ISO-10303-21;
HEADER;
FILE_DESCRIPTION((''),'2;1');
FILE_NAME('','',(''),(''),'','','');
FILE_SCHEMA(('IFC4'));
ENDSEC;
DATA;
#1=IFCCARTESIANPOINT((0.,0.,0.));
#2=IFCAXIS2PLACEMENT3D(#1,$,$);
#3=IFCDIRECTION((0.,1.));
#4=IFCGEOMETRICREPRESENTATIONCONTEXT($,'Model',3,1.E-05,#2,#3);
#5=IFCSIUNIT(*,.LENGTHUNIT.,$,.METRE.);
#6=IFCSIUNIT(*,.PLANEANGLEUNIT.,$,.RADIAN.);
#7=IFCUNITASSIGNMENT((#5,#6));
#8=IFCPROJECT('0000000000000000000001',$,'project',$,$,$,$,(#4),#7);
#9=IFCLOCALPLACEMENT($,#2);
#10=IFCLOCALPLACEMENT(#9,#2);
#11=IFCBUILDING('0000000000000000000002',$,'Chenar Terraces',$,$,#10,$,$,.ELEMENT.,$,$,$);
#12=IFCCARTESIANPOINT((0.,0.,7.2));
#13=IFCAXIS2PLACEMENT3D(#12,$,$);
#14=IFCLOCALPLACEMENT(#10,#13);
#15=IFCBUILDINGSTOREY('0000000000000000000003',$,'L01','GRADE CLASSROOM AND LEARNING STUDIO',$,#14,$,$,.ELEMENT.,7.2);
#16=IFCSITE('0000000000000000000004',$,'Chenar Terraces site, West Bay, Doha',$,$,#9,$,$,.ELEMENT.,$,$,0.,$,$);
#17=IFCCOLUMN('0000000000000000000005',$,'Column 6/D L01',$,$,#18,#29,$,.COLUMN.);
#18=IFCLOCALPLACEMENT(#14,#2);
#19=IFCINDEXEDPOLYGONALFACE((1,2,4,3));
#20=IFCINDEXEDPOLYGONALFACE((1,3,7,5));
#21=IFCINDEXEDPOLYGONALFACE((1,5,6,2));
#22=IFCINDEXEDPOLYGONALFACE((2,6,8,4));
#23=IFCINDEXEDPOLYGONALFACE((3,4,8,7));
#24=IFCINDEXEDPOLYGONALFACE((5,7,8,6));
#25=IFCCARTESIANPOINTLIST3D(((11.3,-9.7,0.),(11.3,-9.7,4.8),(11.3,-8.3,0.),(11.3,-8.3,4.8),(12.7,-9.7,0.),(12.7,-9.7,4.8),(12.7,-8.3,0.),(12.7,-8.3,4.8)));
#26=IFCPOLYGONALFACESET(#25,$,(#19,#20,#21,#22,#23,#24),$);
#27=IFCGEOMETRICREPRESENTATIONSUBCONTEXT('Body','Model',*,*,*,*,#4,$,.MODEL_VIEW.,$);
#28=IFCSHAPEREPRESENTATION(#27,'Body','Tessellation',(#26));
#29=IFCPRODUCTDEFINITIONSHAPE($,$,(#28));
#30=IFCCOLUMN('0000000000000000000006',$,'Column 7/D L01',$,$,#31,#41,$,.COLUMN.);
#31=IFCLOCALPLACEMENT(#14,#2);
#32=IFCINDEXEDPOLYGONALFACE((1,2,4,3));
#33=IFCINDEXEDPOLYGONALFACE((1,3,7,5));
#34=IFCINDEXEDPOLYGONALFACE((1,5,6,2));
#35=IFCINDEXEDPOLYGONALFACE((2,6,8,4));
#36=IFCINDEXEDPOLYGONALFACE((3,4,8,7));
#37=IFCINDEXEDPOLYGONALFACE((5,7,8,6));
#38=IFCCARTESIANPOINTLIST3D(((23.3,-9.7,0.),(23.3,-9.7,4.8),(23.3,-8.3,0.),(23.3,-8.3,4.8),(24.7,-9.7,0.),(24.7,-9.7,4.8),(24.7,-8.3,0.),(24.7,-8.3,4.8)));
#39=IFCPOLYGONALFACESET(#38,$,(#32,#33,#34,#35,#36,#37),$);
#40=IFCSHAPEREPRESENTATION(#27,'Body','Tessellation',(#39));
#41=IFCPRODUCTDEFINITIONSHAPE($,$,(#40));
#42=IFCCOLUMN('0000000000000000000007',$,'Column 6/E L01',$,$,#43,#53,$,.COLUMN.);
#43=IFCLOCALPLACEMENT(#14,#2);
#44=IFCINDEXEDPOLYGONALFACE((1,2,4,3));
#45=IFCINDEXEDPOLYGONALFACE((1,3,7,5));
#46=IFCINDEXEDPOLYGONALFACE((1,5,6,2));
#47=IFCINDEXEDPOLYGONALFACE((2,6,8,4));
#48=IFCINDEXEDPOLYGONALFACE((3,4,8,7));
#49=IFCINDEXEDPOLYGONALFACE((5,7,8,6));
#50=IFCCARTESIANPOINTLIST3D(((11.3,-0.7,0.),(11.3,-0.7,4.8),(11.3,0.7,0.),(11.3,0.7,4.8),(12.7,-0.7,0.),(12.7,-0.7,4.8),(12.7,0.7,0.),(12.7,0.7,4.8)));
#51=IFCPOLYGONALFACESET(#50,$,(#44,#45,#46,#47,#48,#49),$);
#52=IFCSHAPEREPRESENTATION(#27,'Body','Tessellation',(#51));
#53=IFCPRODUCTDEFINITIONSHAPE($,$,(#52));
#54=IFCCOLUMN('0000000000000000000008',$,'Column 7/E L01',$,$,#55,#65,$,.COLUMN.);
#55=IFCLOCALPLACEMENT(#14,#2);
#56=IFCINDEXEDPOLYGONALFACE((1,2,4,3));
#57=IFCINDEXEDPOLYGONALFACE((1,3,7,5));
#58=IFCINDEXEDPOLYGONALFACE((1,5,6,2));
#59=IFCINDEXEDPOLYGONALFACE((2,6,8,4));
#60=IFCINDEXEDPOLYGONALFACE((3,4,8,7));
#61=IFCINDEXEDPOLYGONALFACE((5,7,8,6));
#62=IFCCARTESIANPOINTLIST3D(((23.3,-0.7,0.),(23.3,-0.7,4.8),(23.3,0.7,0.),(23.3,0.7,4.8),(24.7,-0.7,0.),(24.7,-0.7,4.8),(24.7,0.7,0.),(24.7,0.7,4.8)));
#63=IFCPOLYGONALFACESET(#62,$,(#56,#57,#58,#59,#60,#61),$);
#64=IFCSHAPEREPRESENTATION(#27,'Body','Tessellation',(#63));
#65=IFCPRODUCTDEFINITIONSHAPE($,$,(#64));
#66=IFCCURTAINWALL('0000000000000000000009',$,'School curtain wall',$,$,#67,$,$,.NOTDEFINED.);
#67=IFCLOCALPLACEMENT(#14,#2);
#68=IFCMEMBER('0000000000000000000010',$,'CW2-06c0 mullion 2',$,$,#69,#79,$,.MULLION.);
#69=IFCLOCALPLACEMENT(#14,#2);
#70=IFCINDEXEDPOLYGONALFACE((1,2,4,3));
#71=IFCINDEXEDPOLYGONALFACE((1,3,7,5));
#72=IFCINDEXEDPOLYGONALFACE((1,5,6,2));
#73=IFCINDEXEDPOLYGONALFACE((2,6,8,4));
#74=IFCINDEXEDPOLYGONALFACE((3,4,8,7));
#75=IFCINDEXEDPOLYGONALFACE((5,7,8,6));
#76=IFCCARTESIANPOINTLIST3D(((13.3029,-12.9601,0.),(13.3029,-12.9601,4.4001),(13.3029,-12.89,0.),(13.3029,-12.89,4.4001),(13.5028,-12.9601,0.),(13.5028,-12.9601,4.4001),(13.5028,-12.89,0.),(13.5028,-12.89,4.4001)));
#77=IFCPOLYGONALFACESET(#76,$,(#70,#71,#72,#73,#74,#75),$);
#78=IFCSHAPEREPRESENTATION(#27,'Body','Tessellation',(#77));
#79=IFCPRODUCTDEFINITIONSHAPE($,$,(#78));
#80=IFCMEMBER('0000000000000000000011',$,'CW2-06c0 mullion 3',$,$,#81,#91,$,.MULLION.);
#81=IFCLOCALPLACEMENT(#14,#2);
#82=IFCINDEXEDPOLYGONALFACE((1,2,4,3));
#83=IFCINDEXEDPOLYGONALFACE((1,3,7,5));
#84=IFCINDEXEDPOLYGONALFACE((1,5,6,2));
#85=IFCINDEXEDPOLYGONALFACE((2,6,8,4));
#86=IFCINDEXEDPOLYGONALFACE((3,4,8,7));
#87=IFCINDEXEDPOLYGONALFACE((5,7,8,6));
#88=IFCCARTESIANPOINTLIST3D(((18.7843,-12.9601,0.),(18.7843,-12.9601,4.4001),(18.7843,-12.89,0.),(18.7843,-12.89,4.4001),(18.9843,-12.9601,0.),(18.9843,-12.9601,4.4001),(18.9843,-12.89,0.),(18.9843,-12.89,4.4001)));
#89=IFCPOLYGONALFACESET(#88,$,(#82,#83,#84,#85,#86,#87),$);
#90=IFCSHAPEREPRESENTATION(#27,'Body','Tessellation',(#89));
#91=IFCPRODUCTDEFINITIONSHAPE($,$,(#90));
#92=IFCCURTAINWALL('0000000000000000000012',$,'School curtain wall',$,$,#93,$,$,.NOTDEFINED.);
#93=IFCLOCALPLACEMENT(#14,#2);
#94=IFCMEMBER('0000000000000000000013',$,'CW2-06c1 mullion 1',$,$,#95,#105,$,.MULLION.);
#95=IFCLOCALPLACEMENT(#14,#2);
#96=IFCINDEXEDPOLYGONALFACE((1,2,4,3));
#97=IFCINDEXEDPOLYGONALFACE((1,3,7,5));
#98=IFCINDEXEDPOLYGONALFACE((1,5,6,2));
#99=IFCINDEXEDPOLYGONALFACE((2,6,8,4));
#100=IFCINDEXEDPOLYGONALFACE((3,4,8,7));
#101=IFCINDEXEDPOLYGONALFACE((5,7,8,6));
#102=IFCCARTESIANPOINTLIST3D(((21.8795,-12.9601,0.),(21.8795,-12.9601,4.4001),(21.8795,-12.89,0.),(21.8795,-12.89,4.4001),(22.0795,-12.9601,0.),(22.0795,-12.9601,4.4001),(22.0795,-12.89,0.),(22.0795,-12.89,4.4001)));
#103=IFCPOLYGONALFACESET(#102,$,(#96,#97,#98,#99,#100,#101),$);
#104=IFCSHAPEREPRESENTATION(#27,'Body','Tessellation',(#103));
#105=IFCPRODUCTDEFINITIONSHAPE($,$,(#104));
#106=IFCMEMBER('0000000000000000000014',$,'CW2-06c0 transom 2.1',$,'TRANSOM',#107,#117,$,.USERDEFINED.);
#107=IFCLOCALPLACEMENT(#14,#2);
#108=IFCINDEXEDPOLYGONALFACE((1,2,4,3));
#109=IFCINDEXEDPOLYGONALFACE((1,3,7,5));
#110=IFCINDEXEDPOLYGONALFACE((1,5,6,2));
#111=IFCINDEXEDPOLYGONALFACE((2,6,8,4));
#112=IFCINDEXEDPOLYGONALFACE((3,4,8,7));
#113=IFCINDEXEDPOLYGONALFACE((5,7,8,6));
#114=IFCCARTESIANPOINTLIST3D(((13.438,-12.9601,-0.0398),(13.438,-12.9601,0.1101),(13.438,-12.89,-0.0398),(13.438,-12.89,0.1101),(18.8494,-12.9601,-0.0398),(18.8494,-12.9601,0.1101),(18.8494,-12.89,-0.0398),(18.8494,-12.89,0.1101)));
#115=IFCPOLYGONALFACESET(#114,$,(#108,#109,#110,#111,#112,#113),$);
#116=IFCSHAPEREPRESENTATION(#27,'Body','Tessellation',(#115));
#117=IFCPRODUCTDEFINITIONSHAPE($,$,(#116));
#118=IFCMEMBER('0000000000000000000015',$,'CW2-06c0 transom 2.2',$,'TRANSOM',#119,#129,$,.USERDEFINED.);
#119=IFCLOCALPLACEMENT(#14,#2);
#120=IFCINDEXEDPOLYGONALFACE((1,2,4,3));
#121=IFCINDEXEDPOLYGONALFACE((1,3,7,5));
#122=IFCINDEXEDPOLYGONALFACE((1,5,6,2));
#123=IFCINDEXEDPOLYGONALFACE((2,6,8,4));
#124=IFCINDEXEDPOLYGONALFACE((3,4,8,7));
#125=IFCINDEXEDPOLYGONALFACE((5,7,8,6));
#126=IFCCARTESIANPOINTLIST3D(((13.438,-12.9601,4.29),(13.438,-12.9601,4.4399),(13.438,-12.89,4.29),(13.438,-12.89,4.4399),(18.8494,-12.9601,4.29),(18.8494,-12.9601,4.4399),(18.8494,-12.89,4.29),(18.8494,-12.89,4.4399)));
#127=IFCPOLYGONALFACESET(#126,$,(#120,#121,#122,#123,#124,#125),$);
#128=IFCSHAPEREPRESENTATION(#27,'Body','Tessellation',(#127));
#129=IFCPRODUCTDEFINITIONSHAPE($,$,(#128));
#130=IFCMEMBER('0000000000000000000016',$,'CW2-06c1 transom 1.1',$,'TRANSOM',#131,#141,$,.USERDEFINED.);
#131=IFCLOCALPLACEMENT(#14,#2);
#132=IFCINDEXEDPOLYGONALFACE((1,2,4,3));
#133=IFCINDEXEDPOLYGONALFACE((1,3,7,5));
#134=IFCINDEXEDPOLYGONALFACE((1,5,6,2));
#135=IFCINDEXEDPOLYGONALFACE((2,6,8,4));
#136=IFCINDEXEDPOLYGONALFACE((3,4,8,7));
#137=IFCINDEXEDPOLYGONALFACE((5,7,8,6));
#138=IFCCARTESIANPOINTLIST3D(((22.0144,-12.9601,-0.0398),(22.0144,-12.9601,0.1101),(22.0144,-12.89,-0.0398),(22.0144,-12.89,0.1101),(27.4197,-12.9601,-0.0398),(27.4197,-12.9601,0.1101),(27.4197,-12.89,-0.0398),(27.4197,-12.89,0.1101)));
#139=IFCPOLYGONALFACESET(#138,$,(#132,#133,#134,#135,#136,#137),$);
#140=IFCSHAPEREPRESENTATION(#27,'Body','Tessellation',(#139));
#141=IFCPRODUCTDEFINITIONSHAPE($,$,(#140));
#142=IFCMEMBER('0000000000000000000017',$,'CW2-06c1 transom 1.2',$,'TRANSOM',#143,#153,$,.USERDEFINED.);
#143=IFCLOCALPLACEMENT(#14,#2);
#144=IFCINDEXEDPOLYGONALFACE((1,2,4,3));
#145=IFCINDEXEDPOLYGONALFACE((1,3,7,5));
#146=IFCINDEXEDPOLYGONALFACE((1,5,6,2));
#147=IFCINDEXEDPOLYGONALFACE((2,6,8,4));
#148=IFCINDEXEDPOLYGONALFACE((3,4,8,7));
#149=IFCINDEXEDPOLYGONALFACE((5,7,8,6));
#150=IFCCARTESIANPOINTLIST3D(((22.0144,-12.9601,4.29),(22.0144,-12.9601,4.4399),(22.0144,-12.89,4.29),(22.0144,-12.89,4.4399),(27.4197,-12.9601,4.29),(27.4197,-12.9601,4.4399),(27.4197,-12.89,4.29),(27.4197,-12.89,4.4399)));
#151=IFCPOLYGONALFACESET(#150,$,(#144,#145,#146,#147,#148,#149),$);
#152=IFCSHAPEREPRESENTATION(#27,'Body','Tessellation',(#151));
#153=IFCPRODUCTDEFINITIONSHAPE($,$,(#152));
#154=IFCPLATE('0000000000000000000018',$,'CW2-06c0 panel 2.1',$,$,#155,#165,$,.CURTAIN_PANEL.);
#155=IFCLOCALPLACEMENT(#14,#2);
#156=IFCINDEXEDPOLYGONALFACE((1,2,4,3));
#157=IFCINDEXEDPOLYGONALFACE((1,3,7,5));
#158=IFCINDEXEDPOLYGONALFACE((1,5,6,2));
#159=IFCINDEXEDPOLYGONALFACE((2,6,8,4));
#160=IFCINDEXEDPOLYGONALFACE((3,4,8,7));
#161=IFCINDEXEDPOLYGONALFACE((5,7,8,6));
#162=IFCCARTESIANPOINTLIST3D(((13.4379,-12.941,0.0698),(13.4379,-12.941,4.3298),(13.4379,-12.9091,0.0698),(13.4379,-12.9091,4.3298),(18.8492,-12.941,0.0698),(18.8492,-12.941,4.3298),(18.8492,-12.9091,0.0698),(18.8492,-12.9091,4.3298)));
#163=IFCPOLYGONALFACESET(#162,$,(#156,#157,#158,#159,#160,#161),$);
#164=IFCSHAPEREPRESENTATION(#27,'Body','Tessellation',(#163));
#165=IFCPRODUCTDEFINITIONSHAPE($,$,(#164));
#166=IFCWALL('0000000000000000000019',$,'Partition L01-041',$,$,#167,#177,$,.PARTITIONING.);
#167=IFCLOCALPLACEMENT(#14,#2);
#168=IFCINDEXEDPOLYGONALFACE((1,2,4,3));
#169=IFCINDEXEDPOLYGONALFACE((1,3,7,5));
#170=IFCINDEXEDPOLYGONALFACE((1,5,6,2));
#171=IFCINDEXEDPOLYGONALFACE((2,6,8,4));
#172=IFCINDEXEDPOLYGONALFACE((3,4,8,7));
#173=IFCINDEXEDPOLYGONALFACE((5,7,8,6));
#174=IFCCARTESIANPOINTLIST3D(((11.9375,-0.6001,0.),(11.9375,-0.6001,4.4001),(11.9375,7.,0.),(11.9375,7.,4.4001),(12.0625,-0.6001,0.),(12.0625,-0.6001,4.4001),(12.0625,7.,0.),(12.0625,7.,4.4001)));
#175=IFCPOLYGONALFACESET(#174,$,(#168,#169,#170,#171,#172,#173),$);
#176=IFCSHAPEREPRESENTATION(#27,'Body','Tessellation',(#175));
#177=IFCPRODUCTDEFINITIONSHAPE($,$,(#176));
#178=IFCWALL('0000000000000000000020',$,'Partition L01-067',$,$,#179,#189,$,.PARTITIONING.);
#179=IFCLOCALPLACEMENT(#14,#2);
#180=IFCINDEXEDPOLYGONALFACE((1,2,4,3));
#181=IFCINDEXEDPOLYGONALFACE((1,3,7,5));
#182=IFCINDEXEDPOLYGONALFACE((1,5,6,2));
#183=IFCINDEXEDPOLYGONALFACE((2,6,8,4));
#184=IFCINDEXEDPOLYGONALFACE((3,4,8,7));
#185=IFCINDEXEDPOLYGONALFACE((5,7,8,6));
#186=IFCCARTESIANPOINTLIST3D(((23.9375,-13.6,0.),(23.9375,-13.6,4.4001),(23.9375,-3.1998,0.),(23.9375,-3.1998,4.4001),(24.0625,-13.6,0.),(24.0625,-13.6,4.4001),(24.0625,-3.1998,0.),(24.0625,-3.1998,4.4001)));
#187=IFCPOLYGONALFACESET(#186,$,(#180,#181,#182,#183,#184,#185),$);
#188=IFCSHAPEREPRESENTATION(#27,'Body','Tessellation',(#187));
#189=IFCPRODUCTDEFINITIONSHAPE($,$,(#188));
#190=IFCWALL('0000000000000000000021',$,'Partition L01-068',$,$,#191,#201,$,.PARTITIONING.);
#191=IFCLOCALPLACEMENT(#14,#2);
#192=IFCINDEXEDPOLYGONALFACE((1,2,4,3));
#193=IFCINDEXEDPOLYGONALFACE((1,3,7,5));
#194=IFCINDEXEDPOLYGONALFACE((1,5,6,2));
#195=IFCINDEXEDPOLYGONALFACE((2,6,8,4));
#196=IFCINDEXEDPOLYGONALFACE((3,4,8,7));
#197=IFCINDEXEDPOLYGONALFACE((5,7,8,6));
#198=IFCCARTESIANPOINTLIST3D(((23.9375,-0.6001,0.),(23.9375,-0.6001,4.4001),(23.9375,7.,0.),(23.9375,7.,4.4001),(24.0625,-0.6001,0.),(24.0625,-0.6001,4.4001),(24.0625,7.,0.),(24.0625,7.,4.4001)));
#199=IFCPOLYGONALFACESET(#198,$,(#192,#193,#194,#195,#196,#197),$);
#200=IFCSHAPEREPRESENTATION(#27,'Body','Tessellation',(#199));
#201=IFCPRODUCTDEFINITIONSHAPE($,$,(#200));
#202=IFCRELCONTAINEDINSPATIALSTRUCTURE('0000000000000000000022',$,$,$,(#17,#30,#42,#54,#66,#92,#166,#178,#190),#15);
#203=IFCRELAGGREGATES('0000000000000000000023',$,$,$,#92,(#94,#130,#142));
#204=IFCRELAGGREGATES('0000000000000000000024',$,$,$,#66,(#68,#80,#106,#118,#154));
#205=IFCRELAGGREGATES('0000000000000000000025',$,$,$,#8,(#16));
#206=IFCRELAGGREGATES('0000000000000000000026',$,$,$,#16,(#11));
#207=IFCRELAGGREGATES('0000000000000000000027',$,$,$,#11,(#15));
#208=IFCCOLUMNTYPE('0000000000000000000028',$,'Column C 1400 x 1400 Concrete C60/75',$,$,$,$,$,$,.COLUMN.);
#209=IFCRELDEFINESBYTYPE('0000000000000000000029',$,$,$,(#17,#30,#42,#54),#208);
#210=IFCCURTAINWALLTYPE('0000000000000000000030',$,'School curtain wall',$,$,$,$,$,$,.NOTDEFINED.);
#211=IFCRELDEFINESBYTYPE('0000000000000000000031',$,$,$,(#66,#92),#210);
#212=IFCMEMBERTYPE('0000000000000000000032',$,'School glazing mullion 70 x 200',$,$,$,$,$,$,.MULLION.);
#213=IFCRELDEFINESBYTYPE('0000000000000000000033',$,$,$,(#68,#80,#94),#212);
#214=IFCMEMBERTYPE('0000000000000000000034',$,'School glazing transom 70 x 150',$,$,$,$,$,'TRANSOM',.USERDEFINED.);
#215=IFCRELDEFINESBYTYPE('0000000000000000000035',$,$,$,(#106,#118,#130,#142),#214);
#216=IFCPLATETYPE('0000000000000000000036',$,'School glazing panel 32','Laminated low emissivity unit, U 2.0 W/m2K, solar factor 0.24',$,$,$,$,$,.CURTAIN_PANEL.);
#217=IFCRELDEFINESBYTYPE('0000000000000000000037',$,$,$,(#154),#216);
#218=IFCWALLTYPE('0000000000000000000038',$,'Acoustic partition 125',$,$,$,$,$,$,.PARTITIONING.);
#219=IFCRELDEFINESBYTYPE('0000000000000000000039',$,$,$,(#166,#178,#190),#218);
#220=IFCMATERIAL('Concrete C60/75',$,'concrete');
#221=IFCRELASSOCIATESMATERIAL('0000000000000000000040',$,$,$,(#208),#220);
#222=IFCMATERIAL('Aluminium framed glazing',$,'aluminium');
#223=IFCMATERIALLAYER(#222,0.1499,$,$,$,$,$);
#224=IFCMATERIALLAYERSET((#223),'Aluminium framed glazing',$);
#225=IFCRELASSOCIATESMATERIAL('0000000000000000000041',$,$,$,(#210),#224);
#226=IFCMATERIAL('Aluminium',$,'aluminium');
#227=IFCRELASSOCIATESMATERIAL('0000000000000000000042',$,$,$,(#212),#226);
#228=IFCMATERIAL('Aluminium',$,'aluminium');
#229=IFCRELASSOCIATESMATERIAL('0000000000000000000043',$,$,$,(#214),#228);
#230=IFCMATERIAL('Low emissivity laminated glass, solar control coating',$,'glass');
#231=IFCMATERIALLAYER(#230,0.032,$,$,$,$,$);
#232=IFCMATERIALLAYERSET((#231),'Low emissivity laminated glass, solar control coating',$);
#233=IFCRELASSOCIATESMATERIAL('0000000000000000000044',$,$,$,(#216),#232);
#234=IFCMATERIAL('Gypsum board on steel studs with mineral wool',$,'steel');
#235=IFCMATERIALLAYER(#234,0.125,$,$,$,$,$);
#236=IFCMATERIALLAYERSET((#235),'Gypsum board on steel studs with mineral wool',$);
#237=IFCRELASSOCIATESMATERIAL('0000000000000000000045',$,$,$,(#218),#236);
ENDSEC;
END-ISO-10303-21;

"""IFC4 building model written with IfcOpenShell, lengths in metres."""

from ifc_helpers import new_model, si_unit, direction, frame, frame_2d, origin, origin_2d, place, context, subcontext, project, spatial, rectangle, extrude, material, layer, layer_set, material_profile, profile_set, type_object, element, aggregate, save


model = new_model("IFC4")

# Units and contexts
model_context = context("Model", 3, precision=1e-05, world=origin(), true_north=direction((0.0, 1.0)))
body_context = subcontext(model_context, "Body", "Model", "MODEL_VIEW")
ifc_project = project(units=[si_unit("LENGTHUNIT", "METRE"), si_unit("PLANEANGLEUNIT", "RADIAN")], contexts=[model_context])

# Site, building, storey
site_placement = place(None, origin())
site = spatial("IfcSite", under=ifc_project, at=site_placement, Name="Chenar Terraces site, West Bay, Doha", CompositionType="ELEMENT", RefElevation=0.0)
building_placement = place(site_placement, origin())
building = spatial("IfcBuilding", under=site, at=building_placement, Name="Chenar Terraces", CompositionType="ELEMENT")
storey_placement = place(building_placement, frame((0.0, 0.0, 7.2)))
storey = spatial("IfcBuildingStorey", under=building, at=storey_placement, Name="L01", Description="GRADE CLASSROOM AND LEARNING STUDIO", CompositionType="ELEMENT", Elevation=7.2)

# Columns
ifc_material_1 = material(Name="Concrete C60/75", Category="concrete")
ifc_material_profile_1 = material_profile(ifc_material_1, rectangle(XDim=1.3999, YDim=1.3999, at=origin_2d()), Name="C 1400 x 1400")
ifc_profile_set_1 = profile_set([ifc_material_profile_1], Name="Concrete C60/75")
column_type = type_object("IfcColumnType", Name="Column C 1400 x 1400 Concrete C60/75", PredefinedType="COLUMN", material=ifc_profile_set_1)
for number, where, z_axis, x_axis, name in (
    (1, (12.0, -9.0, 0.0), (0.0, 0.0, 1.0), (1.0, 0.0, 0.0), "Column 6/D L01"),
    (2, (24.0, -9.0, 0.0), (0.0, 0.0, 1.0), (1.0, 0.0, 0.0), "Column 7/D L01"),
    (3, (12.0, 0.0, 0.0), (0.0, 0.0, 1.0), (1.0, 0.0, 0.0), "Column 6/E L01"),
    (4, (24.0, 0.0, 0.0), (0.0, 0.0, 1.0), (1.0, 0.0, 0.0), "Column 7/E L01"),
):
    element("IfcColumn", number, at=place(storey_placement, frame(where, z_axis=z_axis, x_axis=x_axis)), inside=storey, type_object=column_type, Name=name, PredefinedType="COLUMN", context=body_context, shape_type="SweptSolid", body=[
        extrude(rectangle(XDim=1.3999, YDim=1.3999, at=origin_2d()), origin(), (0.0, 0.0, 1.0), 4.8),
    ])

# Curtain wall, members
ifc_material_2 = material(Name="Aluminium framed glazing", Category="aluminium")
ifc_layer_1 = layer(ifc_material_2, 0.1499)
ifc_layer_set_1 = layer_set([ifc_layer_1], Name="Aluminium framed glazing")
curtain_wall_type = type_object("IfcCurtainWallType", Name="School curtain wall", PredefinedType="NOTDEFINED", material=ifc_layer_set_1)
placement = place(storey_placement, origin())
curtain_wall_1 = element("IfcCurtainWall", 5, at=placement, inside=storey, type_object=curtain_wall_type, Name="School curtain wall", PredefinedType="NOTDEFINED")
ifc_material_3 = material(Name="Aluminium", Category="aluminium")
ifc_material_profile_2 = material_profile(ifc_material_3, rectangle(XDim=0.0701, YDim=0.2, at=origin_2d()), Name="School glazing mullion 70 x 200")
ifc_profile_set_2 = profile_set([ifc_material_profile_2], Name="Aluminium")
member_type_1 = type_object("IfcMemberType", Name="School glazing mullion 70 x 200", PredefinedType="MULLION", material=ifc_profile_set_2)
member_1_placement = place(storey_placement, frame((13.4028, -12.925, 0.0), z_axis=(0.0, 0.0, 1.0), x_axis=(0.0, 1.0, 0.0)))
member_1 = element("IfcMember", 6, at=member_1_placement, type_object=member_type_1, Name="CW2-06c0 mullion 2", PredefinedType="MULLION", context=body_context, shape_type="SweptSolid", body=[
    extrude(rectangle(XDim=0.0701, YDim=0.2, at=origin_2d()), origin(), (0.0, 0.0, 1.0), 4.4001),
])
member_2_placement = place(storey_placement, frame((18.8843, -12.925, 0.0), z_axis=(0.0, 0.0, 1.0), x_axis=(0.0, 1.0, 0.0)))
member_2 = element("IfcMember", 7, at=member_2_placement, type_object=member_type_1, Name="CW2-06c0 mullion 3", PredefinedType="MULLION", context=body_context, shape_type="SweptSolid", body=[
    extrude(rectangle(XDim=0.0701, YDim=0.2, at=origin_2d()), origin(), (0.0, 0.0, 1.0), 4.4001),
])

# Curtain wall, member
curtain_wall_2 = element("IfcCurtainWall", 8, at=placement, inside=storey, type_object=curtain_wall_type, Name="School curtain wall", PredefinedType="NOTDEFINED")
member_3_placement = place(storey_placement, frame((21.9795, -12.925, 0.0), z_axis=(0.0, 0.0, 1.0), x_axis=(0.0, 1.0, 0.0)))
member_3 = element("IfcMember", 9, at=member_3_placement, type_object=member_type_1, Name="CW2-06c1 mullion 1", PredefinedType="MULLION", context=body_context, shape_type="SweptSolid", body=[
    extrude(rectangle(XDim=0.0701, YDim=0.2, at=origin_2d()), origin(), (0.0, 0.0, 1.0), 4.4001),
])

# Members
ifc_material_4 = material(Name="Aluminium", Category="aluminium")
ifc_material_profile_3 = material_profile(ifc_material_4, rectangle(XDim=0.0701, YDim=0.1499, at=origin_2d()), Name="School glazing transom 70 x 150")
ifc_profile_set_3 = profile_set([ifc_material_profile_3], Name="Aluminium")
member_type_2 = type_object("IfcMemberType", Name="School glazing transom 70 x 150", ElementType="TRANSOM", PredefinedType="USERDEFINED", material=ifc_profile_set_3)
member_4_placement = place(storey_placement, frame((13.438, -12.925, 0.0352), z_axis=(1.0, 0.0, 0.0), x_axis=(0.0, 1.0, 0.0)))
member_4 = element("IfcMember", 10, at=member_4_placement, type_object=member_type_2, Name="CW2-06c0 transom 2.1", ObjectType="TRANSOM", PredefinedType="USERDEFINED", context=body_context, shape_type="SweptSolid", body=[
    extrude(rectangle(XDim=0.0701, YDim=0.1499, at=origin_2d()), origin(), (0.0, 0.0, 1.0), 5.4114),
])
member_5_placement = place(storey_placement, frame((13.438, -12.925, 4.365), z_axis=(1.0, 0.0, 0.0), x_axis=(0.0, 1.0, 0.0)))
member_5 = element("IfcMember", 11, at=member_5_placement, type_object=member_type_2, Name="CW2-06c0 transom 2.2", ObjectType="TRANSOM", PredefinedType="USERDEFINED", context=body_context, shape_type="SweptSolid", body=[
    extrude(rectangle(XDim=0.0701, YDim=0.1499, at=origin_2d()), origin(), (0.0, 0.0, 1.0), 5.4114),
])
member_6_placement = place(storey_placement, frame((22.0144, -12.925, 0.0352), z_axis=(1.0, 0.0, 0.0), x_axis=(0.0, 1.0, 0.0)))
member_6 = element("IfcMember", 12, at=member_6_placement, type_object=member_type_2, Name="CW2-06c1 transom 1.1", ObjectType="TRANSOM", PredefinedType="USERDEFINED", context=body_context, shape_type="SweptSolid", body=[
    extrude(rectangle(XDim=0.0701, YDim=0.1499, at=origin_2d()), origin(), (0.0, 0.0, 1.0), 5.4053),
])
member_7_placement = place(storey_placement, frame((22.0144, -12.925, 4.365), z_axis=(1.0, 0.0, 0.0), x_axis=(0.0, 1.0, 0.0)))
member_7 = element("IfcMember", 13, at=member_7_placement, type_object=member_type_2, Name="CW2-06c1 transom 1.2", ObjectType="TRANSOM", PredefinedType="USERDEFINED", context=body_context, shape_type="SweptSolid", body=[
    extrude(rectangle(XDim=0.0701, YDim=0.1499, at=origin_2d()), origin(), (0.0, 0.0, 1.0), 5.4053),
])
aggregate(curtain_wall_2, [member_3, member_6, member_7])

# Plate
ifc_material_5 = material(Name="Low emissivity laminated glass, solar control coating", Category="glass")
ifc_layer_2 = layer(ifc_material_5, 0.032)
ifc_layer_set_2 = layer_set([ifc_layer_2], Name="Low emissivity laminated glass, solar control coating")
plate_type = type_object("IfcPlateType", Name="School glazing panel 32", Description="Laminated low emissivity unit, U 2.0 W/m2K, solar factor 0.24", PredefinedType="CURTAIN_PANEL", material=ifc_layer_set_2)
plate_placement = place(storey_placement, frame((16.1436, -12.925, 0.0698), z_axis=(0.0, 0.0, 1.0), x_axis=(1.0, 0.0, 0.0)))
plate = element("IfcPlate", 14, at=plate_placement, type_object=plate_type, Name="CW2-06c0 panel 2.1", PredefinedType="CURTAIN_PANEL", context=body_context, shape_type="SweptSolid", body=[
    extrude(rectangle(XDim=5.4114, YDim=0.032, at=origin_2d()), origin(), (0.0, 0.0, 1.0), 4.26),
])
aggregate(curtain_wall_1, [member_1, member_2, member_4, member_5, plate])

# Walls
ifc_material_6 = material(Name="Gypsum board on steel studs with mineral wool", Category="steel")
ifc_layer_3 = layer(ifc_material_6, 0.125)
ifc_layer_set_3 = layer_set([ifc_layer_3], Name="Gypsum board on steel studs with mineral wool")
wall_type_1 = type_object("IfcWallType", Name="Acoustic partition 125", PredefinedType="PARTITIONING", material=ifc_layer_set_3)
wall_1_placement = place(storey_placement, frame((12.0, -0.6001, 0.0), z_axis=(0.0, 0.0, 1.0), x_axis=(0.0, 1.0, 0.0)))
element("IfcWall", 15, at=wall_1_placement, inside=storey, type_object=wall_type_1, Name="Partition L01-041", PredefinedType="PARTITIONING", context=body_context, shape_type="SweptSolid", body=[
    extrude(rectangle(XDim=7.6001, YDim=0.125, at=frame_2d((3.8, 0.0))), origin(), (0.0, 0.0, 1.0), 4.4001),
])
wall_2_placement = place(storey_placement, frame((24.0, -13.6001, 0.0), z_axis=(0.0, 0.0, 1.0), x_axis=(0.0, 1.0, 0.0)))
element("IfcWall", 16, at=wall_2_placement, inside=storey, type_object=wall_type_1, Name="Partition L01-067", PredefinedType="PARTITIONING", context=body_context, shape_type="SweptSolid", body=[
    extrude(rectangle(XDim=10.4001, YDim=0.125, at=frame_2d((5.2002, 0.0))), origin(), (0.0, 0.0, 1.0), 4.4001),
])
wall_3_placement = place(storey_placement, frame((24.0, -0.6001, 0.0), z_axis=(0.0, 0.0, 1.0), x_axis=(0.0, 1.0, 0.0)))
element("IfcWall", 17, at=wall_3_placement, inside=storey, type_object=wall_type_1, Name="Partition L01-068", PredefinedType="PARTITIONING", context=body_context, shape_type="SweptSolid", body=[
    extrude(rectangle(XDim=7.6001, YDim=0.125, at=frame_2d((3.8, 0.0))), origin(), (0.0, 0.0, 1.0), 4.4001),
])

save(model, "model.ifc")
